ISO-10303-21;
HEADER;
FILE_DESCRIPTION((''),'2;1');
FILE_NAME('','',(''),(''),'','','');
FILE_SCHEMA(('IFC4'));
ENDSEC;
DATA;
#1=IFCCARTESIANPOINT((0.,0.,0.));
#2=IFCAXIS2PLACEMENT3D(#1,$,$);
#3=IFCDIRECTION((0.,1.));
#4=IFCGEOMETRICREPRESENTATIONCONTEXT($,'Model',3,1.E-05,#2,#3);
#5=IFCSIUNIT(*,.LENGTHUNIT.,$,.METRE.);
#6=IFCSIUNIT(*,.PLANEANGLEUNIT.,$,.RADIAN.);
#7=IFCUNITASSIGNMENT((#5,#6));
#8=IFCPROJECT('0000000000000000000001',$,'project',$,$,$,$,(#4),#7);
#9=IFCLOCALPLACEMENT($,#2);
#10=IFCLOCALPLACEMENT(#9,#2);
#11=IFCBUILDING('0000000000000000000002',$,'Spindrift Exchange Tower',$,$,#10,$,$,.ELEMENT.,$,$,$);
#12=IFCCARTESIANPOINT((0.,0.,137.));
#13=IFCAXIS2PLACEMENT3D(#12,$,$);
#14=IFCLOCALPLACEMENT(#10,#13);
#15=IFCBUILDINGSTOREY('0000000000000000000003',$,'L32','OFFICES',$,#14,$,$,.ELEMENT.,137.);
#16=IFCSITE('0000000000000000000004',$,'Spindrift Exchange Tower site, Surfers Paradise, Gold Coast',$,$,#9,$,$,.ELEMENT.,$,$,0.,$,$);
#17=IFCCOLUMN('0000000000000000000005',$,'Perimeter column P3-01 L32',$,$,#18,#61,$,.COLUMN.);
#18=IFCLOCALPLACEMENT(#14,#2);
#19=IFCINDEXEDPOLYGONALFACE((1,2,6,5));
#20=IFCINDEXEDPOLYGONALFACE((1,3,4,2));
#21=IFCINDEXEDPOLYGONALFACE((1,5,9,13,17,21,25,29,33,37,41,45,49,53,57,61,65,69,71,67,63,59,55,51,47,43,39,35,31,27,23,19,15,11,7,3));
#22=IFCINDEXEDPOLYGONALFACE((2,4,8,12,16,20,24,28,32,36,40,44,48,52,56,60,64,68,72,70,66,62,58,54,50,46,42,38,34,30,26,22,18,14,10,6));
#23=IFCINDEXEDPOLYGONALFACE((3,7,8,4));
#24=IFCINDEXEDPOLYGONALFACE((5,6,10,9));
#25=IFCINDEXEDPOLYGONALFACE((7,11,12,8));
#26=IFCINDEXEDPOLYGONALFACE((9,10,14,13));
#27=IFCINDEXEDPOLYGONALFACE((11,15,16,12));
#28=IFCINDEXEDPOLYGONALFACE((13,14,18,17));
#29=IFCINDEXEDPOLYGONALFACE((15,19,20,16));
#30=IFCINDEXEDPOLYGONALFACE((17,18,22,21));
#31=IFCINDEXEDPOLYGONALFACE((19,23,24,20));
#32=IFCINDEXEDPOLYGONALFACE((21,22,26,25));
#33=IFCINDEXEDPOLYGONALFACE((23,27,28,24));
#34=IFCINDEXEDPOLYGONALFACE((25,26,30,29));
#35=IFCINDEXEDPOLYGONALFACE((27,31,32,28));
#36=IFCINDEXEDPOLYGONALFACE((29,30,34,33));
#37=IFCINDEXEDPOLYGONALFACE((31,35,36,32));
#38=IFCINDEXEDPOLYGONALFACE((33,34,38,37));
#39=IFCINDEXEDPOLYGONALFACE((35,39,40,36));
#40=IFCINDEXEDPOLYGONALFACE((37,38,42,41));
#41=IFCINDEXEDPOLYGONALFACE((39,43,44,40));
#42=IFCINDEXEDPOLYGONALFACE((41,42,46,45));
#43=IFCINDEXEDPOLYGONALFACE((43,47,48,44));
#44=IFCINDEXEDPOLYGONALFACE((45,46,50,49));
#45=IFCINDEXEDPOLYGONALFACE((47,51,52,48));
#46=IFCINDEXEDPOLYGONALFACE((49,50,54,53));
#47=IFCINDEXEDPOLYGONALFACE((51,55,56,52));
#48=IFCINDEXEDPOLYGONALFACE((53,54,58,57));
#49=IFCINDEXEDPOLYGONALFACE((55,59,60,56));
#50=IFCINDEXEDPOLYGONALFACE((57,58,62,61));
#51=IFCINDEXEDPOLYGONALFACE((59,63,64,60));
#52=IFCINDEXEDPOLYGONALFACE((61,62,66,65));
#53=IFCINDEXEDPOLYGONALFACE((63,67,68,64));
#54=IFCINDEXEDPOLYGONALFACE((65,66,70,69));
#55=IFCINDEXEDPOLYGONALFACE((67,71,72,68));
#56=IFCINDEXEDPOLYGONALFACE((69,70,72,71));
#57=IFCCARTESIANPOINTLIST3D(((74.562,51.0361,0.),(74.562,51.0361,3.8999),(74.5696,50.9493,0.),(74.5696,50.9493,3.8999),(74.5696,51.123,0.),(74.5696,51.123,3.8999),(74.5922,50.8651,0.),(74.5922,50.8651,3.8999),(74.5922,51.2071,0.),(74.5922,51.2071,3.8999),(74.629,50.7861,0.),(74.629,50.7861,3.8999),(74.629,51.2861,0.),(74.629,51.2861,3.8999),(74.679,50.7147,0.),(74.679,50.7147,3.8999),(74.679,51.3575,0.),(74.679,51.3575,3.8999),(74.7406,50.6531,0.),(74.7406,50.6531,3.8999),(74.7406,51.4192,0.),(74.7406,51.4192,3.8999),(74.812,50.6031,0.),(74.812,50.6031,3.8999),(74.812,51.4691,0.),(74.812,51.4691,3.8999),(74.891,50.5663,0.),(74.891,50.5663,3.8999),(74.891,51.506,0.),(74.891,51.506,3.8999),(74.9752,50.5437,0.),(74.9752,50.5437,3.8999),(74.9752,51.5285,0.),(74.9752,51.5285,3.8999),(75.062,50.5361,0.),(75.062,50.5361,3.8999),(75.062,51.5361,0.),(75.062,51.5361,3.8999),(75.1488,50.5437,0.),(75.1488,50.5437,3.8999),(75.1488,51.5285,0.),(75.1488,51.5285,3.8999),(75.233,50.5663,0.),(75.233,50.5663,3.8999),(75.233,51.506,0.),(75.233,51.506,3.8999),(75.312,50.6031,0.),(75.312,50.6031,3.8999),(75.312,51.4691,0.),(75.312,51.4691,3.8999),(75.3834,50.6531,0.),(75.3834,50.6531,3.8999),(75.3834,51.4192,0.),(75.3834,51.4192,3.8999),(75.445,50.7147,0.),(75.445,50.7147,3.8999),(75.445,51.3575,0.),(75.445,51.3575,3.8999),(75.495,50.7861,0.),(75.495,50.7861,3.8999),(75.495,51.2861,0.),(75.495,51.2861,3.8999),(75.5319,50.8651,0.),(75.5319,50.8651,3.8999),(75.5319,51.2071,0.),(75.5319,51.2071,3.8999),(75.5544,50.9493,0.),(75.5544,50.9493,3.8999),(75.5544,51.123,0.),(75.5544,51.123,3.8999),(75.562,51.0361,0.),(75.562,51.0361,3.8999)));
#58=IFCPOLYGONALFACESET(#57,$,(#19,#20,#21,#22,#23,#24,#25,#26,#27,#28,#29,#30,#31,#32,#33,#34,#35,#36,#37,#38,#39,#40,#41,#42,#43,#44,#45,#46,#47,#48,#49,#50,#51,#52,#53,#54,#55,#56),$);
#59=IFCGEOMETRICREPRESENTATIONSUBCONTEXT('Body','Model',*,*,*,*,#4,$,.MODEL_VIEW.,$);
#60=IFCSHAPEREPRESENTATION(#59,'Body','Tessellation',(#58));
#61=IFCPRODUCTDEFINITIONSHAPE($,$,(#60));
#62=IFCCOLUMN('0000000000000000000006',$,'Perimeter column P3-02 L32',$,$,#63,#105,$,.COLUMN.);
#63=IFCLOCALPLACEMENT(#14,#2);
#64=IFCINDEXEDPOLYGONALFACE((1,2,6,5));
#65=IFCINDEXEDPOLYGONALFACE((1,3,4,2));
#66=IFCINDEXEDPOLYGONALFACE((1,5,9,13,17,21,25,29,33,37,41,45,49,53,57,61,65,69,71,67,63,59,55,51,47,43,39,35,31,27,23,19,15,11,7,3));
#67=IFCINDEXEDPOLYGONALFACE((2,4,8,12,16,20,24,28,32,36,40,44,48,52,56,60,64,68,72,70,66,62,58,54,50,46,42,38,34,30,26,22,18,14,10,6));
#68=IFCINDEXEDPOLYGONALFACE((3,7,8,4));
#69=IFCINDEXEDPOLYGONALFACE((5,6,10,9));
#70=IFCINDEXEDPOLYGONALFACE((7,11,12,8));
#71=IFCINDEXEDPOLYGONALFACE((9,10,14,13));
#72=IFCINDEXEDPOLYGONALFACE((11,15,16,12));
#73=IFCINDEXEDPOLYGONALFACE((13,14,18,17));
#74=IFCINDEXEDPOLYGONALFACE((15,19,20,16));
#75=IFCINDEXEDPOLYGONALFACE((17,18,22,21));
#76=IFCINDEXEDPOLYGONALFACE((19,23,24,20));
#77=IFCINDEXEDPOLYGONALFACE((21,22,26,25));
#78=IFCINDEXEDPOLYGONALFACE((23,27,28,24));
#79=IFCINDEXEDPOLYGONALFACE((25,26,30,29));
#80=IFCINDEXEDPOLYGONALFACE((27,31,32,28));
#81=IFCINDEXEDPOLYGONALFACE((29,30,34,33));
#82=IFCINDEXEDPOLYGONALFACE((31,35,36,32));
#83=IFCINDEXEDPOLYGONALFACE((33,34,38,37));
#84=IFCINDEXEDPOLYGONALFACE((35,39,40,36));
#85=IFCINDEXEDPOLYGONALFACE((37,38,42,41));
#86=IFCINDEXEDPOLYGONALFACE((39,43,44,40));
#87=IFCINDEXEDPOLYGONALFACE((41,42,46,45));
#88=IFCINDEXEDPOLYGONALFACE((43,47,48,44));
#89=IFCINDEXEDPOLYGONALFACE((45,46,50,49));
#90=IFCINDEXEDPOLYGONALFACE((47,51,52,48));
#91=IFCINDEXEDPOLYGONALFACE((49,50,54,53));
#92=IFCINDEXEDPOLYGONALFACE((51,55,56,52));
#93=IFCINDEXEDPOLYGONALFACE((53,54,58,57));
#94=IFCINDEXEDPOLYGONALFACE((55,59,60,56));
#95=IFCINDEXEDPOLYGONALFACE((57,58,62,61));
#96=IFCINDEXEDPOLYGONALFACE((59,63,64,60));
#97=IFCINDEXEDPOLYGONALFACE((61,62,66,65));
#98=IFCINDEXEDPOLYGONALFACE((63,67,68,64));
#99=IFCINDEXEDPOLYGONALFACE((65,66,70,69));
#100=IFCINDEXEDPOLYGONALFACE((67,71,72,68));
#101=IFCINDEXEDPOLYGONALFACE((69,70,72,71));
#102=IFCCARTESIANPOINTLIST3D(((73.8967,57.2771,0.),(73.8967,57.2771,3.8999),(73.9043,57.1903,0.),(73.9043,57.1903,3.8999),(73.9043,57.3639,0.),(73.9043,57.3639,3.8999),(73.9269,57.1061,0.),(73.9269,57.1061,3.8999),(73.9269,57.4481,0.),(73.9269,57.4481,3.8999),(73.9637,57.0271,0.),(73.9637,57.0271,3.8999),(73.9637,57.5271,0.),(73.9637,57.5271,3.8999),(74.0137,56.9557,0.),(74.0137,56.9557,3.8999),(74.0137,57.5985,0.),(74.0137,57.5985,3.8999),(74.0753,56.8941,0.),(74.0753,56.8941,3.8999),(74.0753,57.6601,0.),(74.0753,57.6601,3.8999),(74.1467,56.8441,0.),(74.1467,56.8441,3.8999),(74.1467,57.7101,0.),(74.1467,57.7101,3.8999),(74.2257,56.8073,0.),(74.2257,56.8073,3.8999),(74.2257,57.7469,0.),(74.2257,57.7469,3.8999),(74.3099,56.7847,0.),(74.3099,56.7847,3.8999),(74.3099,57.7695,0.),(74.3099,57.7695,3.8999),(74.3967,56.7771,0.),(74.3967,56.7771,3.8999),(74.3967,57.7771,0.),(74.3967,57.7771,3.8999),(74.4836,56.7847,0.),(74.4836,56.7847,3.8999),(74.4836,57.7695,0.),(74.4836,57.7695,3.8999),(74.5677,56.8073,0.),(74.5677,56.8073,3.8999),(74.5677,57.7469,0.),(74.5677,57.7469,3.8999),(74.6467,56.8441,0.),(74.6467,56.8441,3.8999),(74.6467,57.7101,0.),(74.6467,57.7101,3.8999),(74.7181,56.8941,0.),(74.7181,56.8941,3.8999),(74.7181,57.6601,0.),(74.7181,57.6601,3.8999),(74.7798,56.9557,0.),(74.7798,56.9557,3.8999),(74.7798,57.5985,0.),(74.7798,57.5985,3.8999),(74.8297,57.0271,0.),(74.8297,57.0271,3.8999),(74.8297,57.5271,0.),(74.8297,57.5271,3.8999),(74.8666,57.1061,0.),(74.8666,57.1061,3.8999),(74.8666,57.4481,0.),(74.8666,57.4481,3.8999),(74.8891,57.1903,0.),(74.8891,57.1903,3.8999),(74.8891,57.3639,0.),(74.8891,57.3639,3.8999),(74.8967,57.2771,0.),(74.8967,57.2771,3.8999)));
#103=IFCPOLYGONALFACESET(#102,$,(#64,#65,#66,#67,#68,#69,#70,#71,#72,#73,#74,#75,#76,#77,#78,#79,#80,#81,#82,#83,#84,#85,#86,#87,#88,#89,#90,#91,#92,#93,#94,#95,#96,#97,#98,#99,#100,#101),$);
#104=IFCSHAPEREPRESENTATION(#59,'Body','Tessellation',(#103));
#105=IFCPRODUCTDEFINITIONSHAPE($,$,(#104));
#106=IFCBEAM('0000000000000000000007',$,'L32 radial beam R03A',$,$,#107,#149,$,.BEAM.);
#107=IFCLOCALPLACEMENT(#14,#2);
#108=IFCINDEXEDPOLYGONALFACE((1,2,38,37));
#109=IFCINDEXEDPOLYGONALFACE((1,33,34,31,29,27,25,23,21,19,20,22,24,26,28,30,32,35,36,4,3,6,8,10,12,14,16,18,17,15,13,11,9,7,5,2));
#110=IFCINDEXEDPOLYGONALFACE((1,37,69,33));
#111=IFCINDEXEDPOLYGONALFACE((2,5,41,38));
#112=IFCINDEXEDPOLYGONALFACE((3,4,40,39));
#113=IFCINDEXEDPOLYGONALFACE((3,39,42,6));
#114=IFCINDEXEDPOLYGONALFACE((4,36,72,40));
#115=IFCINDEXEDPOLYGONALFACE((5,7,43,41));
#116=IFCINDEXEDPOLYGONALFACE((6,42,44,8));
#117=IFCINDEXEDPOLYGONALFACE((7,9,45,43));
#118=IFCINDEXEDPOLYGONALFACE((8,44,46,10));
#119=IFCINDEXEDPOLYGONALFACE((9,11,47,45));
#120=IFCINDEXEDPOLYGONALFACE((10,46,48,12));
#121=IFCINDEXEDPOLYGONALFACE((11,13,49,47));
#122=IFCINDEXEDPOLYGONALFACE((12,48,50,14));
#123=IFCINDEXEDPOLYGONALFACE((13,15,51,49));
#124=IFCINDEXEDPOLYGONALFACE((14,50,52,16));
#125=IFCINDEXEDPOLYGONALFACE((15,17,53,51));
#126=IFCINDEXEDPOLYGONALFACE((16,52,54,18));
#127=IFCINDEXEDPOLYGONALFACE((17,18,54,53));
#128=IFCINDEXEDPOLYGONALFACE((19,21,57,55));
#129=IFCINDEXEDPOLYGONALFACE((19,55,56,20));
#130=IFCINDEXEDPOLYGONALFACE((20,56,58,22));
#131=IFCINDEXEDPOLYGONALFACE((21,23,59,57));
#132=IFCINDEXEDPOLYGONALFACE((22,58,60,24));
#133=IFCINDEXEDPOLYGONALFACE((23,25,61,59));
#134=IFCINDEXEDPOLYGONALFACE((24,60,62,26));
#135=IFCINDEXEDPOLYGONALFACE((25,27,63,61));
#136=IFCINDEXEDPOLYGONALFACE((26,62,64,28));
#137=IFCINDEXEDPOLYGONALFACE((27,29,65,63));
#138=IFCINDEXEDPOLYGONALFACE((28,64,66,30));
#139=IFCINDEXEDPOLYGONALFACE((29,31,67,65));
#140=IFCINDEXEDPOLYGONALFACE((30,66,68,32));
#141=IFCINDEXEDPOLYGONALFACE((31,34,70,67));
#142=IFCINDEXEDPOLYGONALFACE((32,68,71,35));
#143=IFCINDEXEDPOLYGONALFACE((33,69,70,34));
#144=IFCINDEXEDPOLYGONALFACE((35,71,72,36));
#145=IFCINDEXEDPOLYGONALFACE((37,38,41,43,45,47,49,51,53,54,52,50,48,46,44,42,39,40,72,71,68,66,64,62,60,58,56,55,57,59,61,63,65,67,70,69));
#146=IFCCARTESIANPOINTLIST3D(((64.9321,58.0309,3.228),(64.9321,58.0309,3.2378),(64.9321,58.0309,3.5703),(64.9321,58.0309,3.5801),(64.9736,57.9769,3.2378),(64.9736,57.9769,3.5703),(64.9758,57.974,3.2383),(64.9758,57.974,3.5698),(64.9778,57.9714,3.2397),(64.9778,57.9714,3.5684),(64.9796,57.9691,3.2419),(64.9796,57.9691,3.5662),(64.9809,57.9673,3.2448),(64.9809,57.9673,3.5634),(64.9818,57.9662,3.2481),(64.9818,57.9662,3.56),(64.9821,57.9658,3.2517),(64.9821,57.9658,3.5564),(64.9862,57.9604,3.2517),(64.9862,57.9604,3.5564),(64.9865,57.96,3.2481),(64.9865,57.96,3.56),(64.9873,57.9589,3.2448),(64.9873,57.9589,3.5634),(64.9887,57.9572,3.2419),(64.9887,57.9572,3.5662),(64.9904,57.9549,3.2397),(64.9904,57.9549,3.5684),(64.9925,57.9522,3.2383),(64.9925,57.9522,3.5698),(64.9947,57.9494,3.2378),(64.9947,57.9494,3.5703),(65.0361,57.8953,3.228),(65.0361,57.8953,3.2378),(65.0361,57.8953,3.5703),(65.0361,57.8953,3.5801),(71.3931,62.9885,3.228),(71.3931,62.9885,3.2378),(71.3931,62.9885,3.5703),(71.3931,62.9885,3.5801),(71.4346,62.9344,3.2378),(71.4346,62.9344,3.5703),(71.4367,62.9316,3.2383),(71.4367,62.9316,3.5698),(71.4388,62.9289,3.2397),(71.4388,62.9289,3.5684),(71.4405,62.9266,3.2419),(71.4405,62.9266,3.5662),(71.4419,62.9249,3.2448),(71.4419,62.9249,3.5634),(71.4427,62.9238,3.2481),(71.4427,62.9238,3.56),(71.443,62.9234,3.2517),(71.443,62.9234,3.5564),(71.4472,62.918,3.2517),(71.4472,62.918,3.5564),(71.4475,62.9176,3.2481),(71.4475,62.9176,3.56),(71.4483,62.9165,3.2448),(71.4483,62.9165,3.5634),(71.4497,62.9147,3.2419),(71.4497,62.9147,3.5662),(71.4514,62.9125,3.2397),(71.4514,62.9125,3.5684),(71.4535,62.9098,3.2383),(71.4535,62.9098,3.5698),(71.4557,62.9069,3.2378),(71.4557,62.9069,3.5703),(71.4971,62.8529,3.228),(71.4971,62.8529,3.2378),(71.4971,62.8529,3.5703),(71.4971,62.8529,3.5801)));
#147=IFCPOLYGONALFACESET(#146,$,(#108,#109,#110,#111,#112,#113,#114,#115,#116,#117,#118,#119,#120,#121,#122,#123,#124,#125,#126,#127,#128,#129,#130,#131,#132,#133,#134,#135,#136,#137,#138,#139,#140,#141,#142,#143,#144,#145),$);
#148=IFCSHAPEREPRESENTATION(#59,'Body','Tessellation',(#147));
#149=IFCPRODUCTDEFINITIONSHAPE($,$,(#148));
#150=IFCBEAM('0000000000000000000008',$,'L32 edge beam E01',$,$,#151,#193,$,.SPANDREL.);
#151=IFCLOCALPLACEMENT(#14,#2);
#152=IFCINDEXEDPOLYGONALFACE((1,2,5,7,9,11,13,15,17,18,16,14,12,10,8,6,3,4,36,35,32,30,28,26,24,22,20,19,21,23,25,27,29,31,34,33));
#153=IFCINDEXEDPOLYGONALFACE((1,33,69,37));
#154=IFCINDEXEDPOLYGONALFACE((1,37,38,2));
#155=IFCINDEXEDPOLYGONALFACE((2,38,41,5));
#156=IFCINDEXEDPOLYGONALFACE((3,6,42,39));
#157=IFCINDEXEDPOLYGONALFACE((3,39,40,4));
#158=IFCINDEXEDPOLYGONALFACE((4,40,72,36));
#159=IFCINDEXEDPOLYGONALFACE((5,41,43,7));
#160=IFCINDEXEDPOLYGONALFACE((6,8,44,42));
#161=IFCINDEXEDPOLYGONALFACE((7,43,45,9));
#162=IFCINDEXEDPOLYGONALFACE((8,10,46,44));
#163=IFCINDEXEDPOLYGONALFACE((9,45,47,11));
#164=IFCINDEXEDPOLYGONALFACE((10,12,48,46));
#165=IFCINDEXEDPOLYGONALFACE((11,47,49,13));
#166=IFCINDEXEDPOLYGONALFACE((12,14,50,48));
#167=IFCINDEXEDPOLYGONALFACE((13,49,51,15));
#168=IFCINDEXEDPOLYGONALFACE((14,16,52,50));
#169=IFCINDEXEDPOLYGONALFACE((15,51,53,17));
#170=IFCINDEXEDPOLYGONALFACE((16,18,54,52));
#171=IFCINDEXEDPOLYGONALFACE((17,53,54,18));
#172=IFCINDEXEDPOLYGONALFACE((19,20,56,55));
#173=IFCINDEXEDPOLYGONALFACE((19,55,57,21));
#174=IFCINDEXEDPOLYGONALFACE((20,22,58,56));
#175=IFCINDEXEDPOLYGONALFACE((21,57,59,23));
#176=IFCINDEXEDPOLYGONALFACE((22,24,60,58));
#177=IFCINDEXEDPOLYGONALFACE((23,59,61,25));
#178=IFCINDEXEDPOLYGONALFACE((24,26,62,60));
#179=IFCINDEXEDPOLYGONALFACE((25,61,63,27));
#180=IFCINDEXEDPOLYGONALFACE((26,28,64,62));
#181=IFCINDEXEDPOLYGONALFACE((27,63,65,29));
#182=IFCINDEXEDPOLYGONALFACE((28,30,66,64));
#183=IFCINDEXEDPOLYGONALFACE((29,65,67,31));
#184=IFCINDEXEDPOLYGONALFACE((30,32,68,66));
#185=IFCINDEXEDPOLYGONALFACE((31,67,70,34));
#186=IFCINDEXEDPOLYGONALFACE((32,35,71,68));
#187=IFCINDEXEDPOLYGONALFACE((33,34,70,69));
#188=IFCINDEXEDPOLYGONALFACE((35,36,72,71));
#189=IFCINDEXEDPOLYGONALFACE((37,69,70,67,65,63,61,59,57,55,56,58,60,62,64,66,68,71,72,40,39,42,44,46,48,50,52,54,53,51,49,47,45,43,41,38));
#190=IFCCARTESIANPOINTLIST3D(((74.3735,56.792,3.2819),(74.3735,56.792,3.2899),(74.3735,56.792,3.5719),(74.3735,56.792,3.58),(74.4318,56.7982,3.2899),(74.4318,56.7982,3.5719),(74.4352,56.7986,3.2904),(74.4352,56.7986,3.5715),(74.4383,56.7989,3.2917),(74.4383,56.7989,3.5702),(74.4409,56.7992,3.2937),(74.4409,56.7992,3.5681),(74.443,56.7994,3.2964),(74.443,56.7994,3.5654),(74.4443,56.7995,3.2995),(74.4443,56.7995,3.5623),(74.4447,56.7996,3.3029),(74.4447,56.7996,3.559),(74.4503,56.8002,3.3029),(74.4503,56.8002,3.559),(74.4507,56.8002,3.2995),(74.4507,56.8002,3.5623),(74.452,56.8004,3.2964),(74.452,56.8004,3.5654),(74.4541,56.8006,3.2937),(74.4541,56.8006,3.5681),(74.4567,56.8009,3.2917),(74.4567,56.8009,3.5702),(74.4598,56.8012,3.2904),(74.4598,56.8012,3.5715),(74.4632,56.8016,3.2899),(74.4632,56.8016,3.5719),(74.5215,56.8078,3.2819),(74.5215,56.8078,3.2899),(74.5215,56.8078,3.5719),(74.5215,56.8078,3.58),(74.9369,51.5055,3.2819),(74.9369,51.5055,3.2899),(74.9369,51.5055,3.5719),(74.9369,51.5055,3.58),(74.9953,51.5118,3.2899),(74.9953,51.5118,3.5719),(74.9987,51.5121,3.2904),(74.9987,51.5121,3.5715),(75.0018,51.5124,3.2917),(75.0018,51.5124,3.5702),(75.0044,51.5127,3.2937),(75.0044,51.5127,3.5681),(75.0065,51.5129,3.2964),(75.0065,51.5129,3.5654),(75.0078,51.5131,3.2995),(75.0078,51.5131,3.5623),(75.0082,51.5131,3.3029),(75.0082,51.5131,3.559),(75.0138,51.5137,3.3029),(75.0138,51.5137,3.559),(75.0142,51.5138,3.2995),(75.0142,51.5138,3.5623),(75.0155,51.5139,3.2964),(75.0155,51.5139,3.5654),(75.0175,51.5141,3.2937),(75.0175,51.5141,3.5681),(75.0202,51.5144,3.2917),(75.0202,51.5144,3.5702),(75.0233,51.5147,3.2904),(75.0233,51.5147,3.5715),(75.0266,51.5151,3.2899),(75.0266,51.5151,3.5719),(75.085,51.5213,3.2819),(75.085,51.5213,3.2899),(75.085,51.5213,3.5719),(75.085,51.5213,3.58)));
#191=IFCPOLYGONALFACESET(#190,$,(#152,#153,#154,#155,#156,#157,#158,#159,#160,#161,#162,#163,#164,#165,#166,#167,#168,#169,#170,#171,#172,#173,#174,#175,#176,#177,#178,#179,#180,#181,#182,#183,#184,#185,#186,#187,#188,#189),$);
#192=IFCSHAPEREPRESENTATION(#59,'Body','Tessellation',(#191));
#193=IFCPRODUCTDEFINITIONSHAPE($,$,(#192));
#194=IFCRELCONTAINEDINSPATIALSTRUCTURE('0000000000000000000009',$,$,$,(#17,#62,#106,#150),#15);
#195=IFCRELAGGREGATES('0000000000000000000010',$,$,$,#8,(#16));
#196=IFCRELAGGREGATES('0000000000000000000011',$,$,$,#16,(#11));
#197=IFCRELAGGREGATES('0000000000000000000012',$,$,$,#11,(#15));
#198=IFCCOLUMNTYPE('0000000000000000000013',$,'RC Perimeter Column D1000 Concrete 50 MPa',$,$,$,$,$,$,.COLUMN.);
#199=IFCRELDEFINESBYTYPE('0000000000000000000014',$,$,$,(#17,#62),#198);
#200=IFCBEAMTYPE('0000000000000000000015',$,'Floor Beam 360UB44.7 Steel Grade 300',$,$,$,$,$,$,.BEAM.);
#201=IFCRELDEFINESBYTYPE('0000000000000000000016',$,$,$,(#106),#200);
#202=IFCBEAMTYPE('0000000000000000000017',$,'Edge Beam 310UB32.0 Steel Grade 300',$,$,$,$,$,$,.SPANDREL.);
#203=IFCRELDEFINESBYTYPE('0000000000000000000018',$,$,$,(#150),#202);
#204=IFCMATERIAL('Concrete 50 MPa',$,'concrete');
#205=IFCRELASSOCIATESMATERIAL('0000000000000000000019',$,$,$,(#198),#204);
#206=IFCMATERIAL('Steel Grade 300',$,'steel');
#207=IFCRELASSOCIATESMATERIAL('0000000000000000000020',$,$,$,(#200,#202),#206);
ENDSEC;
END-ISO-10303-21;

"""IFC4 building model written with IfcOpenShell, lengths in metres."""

from ifc_helpers import new_model, si_unit, direction, frame, origin, origin_2d, place, context, subcontext, project, spatial, circle, i_section, extrude, source, transform, mapped, material, material_profile, profile_set, type_object, element, save


model = new_model("IFC4")

# Units and contexts
model_context = context("Model", 3, precision=1e-05, world=origin(), true_north=direction((0.0, 1.0)))
body_context = subcontext(model_context, "Body", "Model", "MODEL_VIEW")
ifc_project = project(units=[si_unit("LENGTHUNIT", "METRE"), si_unit("PLANEANGLEUNIT", "RADIAN")], contexts=[model_context])

# Site, building, storey
site_placement = place(None, origin())
site = spatial("IfcSite", under=ifc_project, at=site_placement, Name="Spindrift Exchange Tower site, Surfers Paradise, Gold Coast", CompositionType="ELEMENT", RefElevation=0.0)
building_placement = place(site_placement, origin())
building = spatial("IfcBuilding", under=site, at=building_placement, Name="Spindrift Exchange Tower", CompositionType="ELEMENT")
storey_placement = place(building_placement, frame((0.0, 0.0, 137.0)))
storey = spatial("IfcBuildingStorey", under=building, at=storey_placement, Name="L32", Description="OFFICES", CompositionType="ELEMENT", Elevation=137.0)

# Columns
ifc_material_1 = material(Name="Concrete 50 MPa", Category="concrete")
ifc_material_profile_1 = material_profile(ifc_material_1, circle(Radius=0.5, at=origin_2d()), Name="RC D1000")
ifc_profile_set_1 = profile_set([ifc_material_profile_1], Name="Concrete 50 MPa")
column_type = type_object("IfcColumnType", Name="RC Perimeter Column D1000 Concrete 50 MPa", PredefinedType="COLUMN", material=ifc_profile_set_1)
shared_shape_1 = source(origin(), body_context, "Body", "SweptSolid", [
    extrude(circle(Radius=0.5, at=origin_2d()), origin(), (0.0, 0.0, 1.0), 3.8999),
])
for number, where, z_axis, x_axis, name in (
    (1, (75.062, 51.0361, 0.0), (0.0, 0.0, 1.0), (1.0, 0.0, 0.0), "Perimeter column P3-01 L32"),
    (2, (74.3967, 57.2771, 0.0), (0.0, 0.0, 1.0), (1.0, 0.0, 0.0), "Perimeter column P3-02 L32"),
):
    element("IfcColumn", number, at=place(storey_placement, frame(where, z_axis=z_axis, x_axis=x_axis)), inside=storey, type_object=column_type, Name=name, PredefinedType="COLUMN", context=body_context, shape_type="MappedRepresentation", body=[
        mapped(shared_shape_1, transform((0.0, 0.0, 0.0), scale=1.0)),
    ])

# Beams
ifc_material_2 = material(Name="Steel Grade 300", Category="steel")
ifc_material_profile_2 = material_profile(ifc_material_2, i_section(OverallWidth=0.1709, OverallDepth=0.3521, WebThickness=0.0068, FlangeThickness=0.0098, FilletRadius=0.0139, at=origin_2d()), Name="360UB44.7")
ifc_profile_set_2 = profile_set([ifc_material_profile_2], Name="Steel Grade 300")
beam_type_1 = type_object("IfcBeamType", Name="Floor Beam 360UB44.7 Steel Grade 300", PredefinedType="BEAM", material=ifc_profile_set_2)
shared_shape_2 = source(origin(), body_context, "Body", "SweptSolid", [
    extrude(i_section(OverallWidth=0.1709, OverallDepth=0.3521, WebThickness=0.0068, FlangeThickness=0.0098, FilletRadius=0.0139, at=origin_2d()), origin(), (0.0, 0.0, 1.0), 8.1438),
])
beam_1_placement = place(storey_placement, frame((64.9841, 57.9631, 3.4041), z_axis=(0.793361, 0.608751, 0.0), x_axis=(-0.608751, 0.793361, 0.0)))
element("IfcBeam", 3, at=beam_1_placement, inside=storey, type_object=beam_type_1, Name="L32 radial beam R03A", PredefinedType="BEAM", context=body_context, shape_type="MappedRepresentation", body=[
    mapped(shared_shape_2, transform((0.0, 0.0, 0.0), scale=1.0)),
])
ifc_material_profile_3 = material_profile(ifc_material_2, i_section(OverallWidth=0.1489, OverallDepth=0.2981, WebThickness=0.0056, FlangeThickness=0.0081, FilletRadius=0.0129, at=origin_2d()), Name="310UB32.0")
ifc_profile_set_3 = profile_set([ifc_material_profile_3], Name="Steel Grade 300")
beam_type_2 = type_object("IfcBeamType", Name="Edge Beam 310UB32.0 Steel Grade 300", PredefinedType="SPANDREL", material=ifc_profile_set_3)
shared_shape_3 = source(origin(), body_context, "Body", "SweptSolid", [
    extrude(i_section(OverallWidth=0.1489, OverallDepth=0.2981, WebThickness=0.0056, FlangeThickness=0.0081, FilletRadius=0.0129, at=origin_2d()), origin(), (0.0, 0.0, 1.0), 5.3164),
])
beam_2_placement = place(storey_placement, frame((75.011, 51.5134, 3.4309), z_axis=(-0.10599, 0.994367, 0.0), x_axis=(-0.994367, -0.10599, 0.0)))
element("IfcBeam", 4, at=beam_2_placement, inside=storey, type_object=beam_type_2, Name="L32 edge beam E01", PredefinedType="SPANDREL", context=body_context, shape_type="MappedRepresentation", body=[
    mapped(shared_shape_3, transform((0.0, 0.0, 0.0), scale=1.0)),
])

save(model, "model.ifc")
